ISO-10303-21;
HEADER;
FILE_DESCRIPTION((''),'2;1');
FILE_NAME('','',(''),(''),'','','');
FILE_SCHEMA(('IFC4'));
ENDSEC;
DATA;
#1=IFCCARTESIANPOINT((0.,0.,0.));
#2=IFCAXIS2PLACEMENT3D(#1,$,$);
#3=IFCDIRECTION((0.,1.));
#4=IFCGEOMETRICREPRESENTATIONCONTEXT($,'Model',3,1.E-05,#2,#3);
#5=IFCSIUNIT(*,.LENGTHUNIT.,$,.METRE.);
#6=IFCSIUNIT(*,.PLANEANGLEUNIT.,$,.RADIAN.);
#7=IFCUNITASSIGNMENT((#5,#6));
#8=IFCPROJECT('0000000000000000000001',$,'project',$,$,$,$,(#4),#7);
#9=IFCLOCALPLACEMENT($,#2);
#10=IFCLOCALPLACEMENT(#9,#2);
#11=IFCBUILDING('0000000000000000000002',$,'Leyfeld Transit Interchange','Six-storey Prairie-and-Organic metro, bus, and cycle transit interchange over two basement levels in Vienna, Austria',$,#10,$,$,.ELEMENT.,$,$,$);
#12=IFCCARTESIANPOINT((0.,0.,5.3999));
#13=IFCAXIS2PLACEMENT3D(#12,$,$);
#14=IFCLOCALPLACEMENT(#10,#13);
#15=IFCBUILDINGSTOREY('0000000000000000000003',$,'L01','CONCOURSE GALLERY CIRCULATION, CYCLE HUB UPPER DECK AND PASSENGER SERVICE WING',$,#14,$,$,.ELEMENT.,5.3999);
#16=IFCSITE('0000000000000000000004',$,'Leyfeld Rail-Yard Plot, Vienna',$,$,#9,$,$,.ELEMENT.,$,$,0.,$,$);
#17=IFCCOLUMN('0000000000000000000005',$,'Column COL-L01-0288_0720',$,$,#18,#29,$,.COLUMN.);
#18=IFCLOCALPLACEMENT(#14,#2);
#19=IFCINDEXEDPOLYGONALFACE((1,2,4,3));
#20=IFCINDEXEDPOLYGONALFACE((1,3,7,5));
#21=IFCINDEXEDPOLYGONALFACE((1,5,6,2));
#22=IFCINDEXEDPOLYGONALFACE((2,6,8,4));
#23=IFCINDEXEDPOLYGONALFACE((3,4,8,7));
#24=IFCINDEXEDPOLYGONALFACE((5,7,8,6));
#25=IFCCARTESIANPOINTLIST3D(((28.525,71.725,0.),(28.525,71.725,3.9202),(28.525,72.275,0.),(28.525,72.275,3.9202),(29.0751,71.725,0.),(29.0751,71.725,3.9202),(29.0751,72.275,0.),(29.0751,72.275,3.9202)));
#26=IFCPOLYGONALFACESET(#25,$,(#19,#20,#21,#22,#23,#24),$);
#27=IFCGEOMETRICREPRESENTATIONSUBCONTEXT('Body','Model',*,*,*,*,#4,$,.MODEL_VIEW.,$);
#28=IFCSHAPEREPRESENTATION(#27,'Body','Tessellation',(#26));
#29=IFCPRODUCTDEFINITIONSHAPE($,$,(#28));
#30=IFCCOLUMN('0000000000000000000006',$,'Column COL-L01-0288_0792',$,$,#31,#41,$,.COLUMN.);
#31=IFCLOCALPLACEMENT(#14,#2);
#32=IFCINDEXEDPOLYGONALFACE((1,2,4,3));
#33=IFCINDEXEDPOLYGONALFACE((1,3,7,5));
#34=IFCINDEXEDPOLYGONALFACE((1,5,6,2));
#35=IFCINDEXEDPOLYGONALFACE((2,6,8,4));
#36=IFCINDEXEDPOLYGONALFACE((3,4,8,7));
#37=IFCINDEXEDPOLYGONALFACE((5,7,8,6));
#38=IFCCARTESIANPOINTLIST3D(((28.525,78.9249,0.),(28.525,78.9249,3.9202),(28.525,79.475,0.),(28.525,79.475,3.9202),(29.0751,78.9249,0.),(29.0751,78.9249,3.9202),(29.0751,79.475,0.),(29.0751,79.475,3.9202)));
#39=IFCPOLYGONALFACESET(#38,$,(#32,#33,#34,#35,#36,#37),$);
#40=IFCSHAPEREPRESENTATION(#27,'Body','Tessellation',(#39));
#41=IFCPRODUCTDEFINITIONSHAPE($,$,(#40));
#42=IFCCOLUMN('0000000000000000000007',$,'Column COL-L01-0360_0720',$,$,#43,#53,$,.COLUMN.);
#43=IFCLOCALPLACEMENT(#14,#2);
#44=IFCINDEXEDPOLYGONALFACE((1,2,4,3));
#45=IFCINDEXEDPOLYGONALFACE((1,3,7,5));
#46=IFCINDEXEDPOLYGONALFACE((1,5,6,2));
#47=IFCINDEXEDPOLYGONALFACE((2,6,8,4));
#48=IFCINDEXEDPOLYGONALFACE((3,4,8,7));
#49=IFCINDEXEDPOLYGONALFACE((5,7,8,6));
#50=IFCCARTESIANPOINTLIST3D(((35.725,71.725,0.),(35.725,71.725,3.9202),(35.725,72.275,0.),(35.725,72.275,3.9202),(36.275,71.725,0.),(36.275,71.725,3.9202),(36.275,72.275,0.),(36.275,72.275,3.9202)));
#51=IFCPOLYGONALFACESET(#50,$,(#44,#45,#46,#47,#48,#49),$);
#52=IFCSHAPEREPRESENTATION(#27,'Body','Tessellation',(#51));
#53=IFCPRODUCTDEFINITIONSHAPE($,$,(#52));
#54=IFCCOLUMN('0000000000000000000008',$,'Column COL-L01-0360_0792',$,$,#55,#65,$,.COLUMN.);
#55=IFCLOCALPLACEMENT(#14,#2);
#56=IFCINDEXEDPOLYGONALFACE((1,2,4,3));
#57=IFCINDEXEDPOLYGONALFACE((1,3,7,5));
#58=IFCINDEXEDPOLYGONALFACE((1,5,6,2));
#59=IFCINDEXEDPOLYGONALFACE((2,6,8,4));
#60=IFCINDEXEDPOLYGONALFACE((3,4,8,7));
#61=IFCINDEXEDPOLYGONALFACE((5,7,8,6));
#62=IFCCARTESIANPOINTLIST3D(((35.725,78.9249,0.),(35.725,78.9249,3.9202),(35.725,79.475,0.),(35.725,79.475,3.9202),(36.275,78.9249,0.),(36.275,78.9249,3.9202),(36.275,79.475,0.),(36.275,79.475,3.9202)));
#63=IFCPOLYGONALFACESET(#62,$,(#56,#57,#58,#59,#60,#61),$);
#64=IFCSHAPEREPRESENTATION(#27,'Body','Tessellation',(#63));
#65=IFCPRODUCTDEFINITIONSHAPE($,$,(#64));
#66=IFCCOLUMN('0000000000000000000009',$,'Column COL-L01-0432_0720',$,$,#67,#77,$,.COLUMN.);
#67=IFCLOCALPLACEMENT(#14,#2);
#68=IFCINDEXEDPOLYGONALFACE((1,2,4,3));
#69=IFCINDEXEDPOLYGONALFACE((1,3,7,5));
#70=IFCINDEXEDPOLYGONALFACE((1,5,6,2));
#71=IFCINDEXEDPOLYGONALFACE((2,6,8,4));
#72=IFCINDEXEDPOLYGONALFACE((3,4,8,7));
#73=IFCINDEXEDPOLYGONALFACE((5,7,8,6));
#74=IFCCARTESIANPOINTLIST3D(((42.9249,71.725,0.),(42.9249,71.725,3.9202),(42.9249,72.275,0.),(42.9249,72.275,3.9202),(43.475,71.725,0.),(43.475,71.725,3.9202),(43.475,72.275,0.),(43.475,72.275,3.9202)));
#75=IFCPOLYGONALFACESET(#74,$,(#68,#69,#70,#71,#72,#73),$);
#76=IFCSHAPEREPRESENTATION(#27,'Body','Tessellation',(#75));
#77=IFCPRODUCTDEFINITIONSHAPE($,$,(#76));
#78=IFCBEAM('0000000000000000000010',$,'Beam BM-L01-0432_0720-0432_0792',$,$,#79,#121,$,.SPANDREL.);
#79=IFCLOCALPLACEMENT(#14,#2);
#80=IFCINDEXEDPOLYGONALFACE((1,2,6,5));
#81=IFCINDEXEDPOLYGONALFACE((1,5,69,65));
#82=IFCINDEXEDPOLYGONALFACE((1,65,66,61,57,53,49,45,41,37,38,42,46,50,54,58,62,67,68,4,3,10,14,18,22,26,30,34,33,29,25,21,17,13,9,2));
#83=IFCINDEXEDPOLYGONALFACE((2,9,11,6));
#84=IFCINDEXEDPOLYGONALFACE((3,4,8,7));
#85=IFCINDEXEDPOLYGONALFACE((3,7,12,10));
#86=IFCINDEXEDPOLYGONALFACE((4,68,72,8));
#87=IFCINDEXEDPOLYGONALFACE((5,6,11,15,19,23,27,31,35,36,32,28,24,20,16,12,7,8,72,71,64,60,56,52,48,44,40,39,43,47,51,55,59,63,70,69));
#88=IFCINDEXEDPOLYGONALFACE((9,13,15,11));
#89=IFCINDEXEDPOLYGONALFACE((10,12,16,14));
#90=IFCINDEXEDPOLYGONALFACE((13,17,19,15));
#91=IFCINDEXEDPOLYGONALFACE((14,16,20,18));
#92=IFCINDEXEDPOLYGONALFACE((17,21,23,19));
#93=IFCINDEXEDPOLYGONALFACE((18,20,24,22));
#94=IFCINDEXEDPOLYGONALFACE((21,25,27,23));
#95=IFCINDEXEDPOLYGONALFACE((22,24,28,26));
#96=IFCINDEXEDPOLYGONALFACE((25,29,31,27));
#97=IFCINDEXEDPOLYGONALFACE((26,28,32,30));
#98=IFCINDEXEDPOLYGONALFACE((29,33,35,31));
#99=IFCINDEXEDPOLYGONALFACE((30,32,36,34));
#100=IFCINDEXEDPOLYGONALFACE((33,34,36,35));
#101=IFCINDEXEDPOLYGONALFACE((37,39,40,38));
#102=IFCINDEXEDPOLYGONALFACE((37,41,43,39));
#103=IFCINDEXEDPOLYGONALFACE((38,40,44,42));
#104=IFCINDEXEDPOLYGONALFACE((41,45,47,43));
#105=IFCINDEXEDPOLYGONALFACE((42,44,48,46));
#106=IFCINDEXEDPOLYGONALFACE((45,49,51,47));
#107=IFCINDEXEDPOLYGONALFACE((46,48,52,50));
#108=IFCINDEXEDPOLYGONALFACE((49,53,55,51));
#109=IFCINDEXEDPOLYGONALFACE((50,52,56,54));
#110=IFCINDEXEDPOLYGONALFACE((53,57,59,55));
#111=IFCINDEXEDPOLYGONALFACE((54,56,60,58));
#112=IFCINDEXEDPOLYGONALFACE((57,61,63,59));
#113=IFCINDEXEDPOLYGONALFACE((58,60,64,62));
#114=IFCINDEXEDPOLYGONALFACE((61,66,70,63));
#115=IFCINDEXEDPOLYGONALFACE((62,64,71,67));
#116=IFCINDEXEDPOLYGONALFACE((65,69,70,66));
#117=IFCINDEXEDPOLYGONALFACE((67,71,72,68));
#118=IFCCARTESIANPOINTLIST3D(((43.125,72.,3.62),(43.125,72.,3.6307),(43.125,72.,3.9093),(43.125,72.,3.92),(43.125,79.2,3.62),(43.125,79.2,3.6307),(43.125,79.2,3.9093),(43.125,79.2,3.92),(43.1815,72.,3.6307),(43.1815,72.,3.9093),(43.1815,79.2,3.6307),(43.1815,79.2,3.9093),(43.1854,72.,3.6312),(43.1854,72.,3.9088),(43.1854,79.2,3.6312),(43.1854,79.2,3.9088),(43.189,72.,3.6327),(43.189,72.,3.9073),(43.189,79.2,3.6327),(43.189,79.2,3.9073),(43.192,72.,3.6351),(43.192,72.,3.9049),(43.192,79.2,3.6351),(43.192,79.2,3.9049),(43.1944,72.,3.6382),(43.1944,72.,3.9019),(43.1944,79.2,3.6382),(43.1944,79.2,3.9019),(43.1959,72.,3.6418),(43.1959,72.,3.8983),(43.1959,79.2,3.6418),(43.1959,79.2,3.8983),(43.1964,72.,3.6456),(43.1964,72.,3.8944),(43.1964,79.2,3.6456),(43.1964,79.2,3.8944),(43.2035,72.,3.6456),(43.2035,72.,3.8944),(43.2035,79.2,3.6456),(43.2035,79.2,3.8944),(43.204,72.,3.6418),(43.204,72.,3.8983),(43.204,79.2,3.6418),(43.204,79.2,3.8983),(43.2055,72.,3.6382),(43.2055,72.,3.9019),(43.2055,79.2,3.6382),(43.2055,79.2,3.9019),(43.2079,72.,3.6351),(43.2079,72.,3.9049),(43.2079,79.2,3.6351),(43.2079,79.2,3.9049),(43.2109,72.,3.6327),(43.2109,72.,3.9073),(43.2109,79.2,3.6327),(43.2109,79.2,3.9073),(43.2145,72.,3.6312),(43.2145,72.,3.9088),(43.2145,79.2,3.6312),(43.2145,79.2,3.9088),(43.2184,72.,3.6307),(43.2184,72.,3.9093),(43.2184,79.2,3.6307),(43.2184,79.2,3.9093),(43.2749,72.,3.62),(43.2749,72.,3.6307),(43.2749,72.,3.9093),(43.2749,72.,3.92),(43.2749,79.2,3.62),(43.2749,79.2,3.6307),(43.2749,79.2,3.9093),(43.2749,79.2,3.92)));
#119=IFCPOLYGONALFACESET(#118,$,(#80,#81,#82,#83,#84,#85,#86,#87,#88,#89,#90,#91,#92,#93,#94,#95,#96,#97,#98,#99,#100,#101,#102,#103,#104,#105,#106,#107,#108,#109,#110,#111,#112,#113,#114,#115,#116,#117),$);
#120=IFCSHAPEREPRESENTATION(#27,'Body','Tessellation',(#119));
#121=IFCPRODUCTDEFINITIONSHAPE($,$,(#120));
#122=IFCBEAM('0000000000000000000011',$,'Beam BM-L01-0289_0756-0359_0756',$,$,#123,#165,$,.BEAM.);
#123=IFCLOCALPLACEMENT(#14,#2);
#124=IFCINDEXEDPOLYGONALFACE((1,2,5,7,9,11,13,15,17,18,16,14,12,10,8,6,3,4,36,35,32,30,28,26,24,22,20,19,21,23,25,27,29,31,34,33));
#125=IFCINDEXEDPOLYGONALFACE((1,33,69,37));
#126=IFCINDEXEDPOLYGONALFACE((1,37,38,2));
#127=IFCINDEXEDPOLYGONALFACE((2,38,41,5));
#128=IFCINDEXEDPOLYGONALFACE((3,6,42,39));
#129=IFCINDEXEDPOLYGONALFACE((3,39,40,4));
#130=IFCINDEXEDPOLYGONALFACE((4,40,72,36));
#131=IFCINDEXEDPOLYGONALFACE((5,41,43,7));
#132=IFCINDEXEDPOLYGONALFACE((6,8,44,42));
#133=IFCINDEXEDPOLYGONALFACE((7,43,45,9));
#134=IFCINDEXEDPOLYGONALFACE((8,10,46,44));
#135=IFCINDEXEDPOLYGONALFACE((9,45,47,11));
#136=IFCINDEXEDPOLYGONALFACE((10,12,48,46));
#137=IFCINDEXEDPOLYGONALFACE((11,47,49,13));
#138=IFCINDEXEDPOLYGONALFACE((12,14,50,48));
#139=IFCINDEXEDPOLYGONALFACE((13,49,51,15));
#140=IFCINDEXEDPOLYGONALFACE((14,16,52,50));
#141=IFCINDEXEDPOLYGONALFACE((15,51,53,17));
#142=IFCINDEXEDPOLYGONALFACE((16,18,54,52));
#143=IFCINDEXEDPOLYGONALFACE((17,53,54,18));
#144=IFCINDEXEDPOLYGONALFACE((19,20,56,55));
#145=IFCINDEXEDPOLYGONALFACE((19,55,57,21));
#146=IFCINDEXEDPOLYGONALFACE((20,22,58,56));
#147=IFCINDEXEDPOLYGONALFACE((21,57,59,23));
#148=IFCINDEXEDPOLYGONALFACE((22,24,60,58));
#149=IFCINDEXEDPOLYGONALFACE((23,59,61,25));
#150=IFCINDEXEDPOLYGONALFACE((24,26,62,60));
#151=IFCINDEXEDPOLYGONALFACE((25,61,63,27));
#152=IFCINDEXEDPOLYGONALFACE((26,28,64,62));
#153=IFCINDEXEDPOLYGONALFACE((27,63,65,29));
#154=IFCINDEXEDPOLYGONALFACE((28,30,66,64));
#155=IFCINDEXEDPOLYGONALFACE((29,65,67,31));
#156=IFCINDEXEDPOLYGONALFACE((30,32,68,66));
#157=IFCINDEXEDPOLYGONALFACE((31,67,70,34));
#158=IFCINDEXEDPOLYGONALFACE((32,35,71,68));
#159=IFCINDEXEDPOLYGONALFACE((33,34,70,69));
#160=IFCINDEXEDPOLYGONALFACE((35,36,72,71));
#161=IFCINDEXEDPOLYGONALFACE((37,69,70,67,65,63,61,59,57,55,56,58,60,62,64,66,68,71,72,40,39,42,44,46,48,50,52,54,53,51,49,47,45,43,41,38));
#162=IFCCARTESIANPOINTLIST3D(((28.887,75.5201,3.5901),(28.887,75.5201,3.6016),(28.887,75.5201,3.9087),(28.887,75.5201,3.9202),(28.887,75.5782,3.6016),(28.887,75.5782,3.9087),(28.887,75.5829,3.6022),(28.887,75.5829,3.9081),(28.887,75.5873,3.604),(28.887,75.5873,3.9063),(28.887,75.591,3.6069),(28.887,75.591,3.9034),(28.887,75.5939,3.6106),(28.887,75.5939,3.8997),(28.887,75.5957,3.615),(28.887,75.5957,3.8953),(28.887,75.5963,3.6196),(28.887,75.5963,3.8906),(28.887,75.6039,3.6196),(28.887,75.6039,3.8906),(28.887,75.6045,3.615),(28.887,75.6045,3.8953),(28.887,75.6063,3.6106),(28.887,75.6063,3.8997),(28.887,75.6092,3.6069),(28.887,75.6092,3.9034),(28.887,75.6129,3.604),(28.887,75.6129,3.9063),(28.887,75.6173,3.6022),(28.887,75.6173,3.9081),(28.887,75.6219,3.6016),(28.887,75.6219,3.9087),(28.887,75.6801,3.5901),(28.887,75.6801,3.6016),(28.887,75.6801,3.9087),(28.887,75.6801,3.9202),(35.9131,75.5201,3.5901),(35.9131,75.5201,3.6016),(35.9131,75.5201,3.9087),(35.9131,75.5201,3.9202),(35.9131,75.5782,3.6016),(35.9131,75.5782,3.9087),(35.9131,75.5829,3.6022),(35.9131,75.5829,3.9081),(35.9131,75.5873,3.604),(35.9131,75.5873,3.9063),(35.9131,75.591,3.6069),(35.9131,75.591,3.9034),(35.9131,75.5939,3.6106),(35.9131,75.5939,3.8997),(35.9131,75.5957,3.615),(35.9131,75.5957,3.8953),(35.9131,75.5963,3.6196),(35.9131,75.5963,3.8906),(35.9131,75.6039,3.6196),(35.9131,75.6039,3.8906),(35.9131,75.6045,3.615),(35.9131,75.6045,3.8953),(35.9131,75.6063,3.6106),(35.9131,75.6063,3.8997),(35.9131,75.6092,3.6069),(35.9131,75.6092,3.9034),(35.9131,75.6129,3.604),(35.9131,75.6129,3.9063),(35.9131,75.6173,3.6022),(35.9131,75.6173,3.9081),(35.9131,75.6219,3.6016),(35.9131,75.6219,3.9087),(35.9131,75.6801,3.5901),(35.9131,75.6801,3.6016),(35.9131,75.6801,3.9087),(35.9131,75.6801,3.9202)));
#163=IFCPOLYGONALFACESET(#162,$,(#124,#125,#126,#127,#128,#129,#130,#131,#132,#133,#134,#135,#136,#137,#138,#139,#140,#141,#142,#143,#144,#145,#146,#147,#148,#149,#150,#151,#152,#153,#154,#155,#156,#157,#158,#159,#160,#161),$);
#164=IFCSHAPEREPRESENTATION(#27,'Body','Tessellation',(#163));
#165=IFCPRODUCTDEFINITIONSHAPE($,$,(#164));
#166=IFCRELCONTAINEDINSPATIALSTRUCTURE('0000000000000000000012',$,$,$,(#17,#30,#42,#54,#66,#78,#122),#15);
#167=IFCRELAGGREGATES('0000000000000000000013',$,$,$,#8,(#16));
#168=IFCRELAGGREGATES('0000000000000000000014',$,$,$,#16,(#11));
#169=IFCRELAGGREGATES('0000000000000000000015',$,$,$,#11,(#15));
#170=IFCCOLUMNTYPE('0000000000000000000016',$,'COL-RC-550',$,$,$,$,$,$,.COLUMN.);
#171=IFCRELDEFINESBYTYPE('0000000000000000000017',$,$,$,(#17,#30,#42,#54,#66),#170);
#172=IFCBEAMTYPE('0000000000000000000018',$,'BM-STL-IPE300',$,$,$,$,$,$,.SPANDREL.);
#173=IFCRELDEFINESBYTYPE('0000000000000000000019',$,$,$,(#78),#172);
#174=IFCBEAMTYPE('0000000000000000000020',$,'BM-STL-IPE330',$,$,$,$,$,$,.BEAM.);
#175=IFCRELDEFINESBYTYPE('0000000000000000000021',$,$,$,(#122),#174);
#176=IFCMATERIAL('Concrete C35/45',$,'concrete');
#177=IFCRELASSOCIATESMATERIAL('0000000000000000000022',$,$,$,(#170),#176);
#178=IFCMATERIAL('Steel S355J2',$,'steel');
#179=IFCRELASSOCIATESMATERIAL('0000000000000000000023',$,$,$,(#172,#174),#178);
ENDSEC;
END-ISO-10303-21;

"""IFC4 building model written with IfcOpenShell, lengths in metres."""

from ifc_helpers import new_model, si_unit, direction, frame, origin, origin_2d, place, context, subcontext, project, spatial, rectangle, i_section, extrude, material, material_profile, profile_set, type_object, element, save


model = new_model("IFC4")

# Units and contexts
model_context = context("Model", 3, precision=1e-05, world=origin(), true_north=direction((0.0, 1.0)))
body_context = subcontext(model_context, "Body", "Model", "MODEL_VIEW")
ifc_project = project(units=[si_unit("LENGTHUNIT", "METRE"), si_unit("PLANEANGLEUNIT", "RADIAN")], contexts=[model_context])

# Site, building, storey
site_placement = place(None, origin())
site = spatial("IfcSite", under=ifc_project, at=site_placement, Name="Leyfeld Rail-Yard Plot, Vienna", CompositionType="ELEMENT", RefElevation=0.0)
building_placement = place(site_placement, origin())
building = spatial("IfcBuilding", under=site, at=building_placement, Name="Leyfeld Transit Interchange", Description="Six-storey Prairie-and-Organic metro, bus, and cycle transit interchange over two basement levels in Vienna, Austria", CompositionType="ELEMENT")
storey_placement = place(building_placement, frame((0.0, 0.0, 5.3999)))
storey = spatial("IfcBuildingStorey", under=building, at=storey_placement, Name="L01", Description="CONCOURSE GALLERY CIRCULATION, CYCLE HUB UPPER DECK AND PASSENGER SERVICE WING", CompositionType="ELEMENT", Elevation=5.3999)

# Columns
ifc_material_1 = material(Name="Concrete C35/45", Category="concrete")
ifc_material_profile_1 = material_profile(ifc_material_1, rectangle(XDim=0.55, YDim=0.55, at=origin_2d()), Name="RC 550x550")
ifc_profile_set_1 = profile_set([ifc_material_profile_1], Name="Concrete C35/45")
column_type = type_object("IfcColumnType", Name="COL-RC-550", PredefinedType="COLUMN", material=ifc_profile_set_1)
for number, where, z_axis, x_axis, name in (
    (1, (28.8, 72.0, 0.0), (0.0, 0.0, 1.0), (1.0, 0.0, 0.0), "Column COL-L01-0288_0720"),
    (2, (28.8, 79.2, 0.0), (0.0, 0.0, 1.0), (1.0, 0.0, 0.0), "Column COL-L01-0288_0792"),
    (3, (36.0, 72.0, 0.0), (0.0, 0.0, 1.0), (1.0, 0.0, 0.0), "Column COL-L01-0360_0720"),
    (4, (36.0, 79.2, 0.0), (0.0, 0.0, 1.0), (1.0, 0.0, 0.0), "Column COL-L01-0360_0792"),
    (5, (43.2, 72.0, 0.0), (0.0, 0.0, 1.0), (0.0, 1.0, 0.0), "Column COL-L01-0432_0720"),
):
    element("IfcColumn", number, at=place(storey_placement, frame(where, z_axis=z_axis, x_axis=x_axis)), inside=storey, type_object=column_type, Name=name, PredefinedType="COLUMN", context=body_context, shape_type="SweptSolid", body=[
        extrude(rectangle(XDim=0.55, YDim=0.55, at=origin_2d()), origin(), (0.0, 0.0, 1.0), 3.9202),
    ])

# Beams
ifc_material_2 = material(Name="Steel S355J2", Category="steel")
ifc_material_profile_2 = material_profile(ifc_material_2, i_section(OverallWidth=0.1499, OverallDepth=0.3, WebThickness=0.0071, FlangeThickness=0.0107, FilletRadius=0.0149, at=origin_2d()), Name="IPE 300")
ifc_profile_set_2 = profile_set([ifc_material_profile_2], Name="Steel S355J2")
beam_type_1 = type_object("IfcBeamType", Name="BM-STL-IPE300", PredefinedType="SPANDREL", material=ifc_profile_set_2)
beam_1_placement = place(storey_placement, frame((43.2, 72.0, 3.77), z_axis=(0.0, 1.0, 0.0), x_axis=(-1.0, 0.0, 0.0)))
element("IfcBeam", 6, at=beam_1_placement, inside=storey, type_object=beam_type_1, Name="Beam BM-L01-0432_0720-0432_0792", PredefinedType="SPANDREL", context=body_context, shape_type="SweptSolid", body=[
    extrude(i_section(OverallWidth=0.1499, OverallDepth=0.3, WebThickness=0.0071, FlangeThickness=0.0107, FilletRadius=0.0149, at=origin_2d()), origin(), (0.0, 0.0, 1.0), 7.2),
])
ifc_material_profile_3 = material_profile(ifc_material_2, i_section(OverallWidth=0.1599, OverallDepth=0.3301, WebThickness=0.0076, FlangeThickness=0.0115, FilletRadius=0.0181, at=origin_2d()), Name="IPE 330")
ifc_profile_set_3 = profile_set([ifc_material_profile_3], Name="Steel S355J2")
beam_type_2 = type_object("IfcBeamType", Name="BM-STL-IPE330", PredefinedType="BEAM", material=ifc_profile_set_3)
beam_2_placement = place(storey_placement, frame((28.887, 75.6001, 3.7551), z_axis=(1.0, 0.0, 0.0), x_axis=(0.0, 1.0, 0.0)))
element("IfcBeam", 7, at=beam_2_placement, inside=storey, type_object=beam_type_2, Name="Beam BM-L01-0289_0756-0359_0756", PredefinedType="BEAM", context=body_context, shape_type="SweptSolid", body=[
    extrude(i_section(OverallWidth=0.1599, OverallDepth=0.3301, WebThickness=0.0076, FlangeThickness=0.0115, FilletRadius=0.0181, at=origin_2d()), origin(), (0.0, 0.0, 1.0), 7.0261),
])

save(model, "model.ifc")
